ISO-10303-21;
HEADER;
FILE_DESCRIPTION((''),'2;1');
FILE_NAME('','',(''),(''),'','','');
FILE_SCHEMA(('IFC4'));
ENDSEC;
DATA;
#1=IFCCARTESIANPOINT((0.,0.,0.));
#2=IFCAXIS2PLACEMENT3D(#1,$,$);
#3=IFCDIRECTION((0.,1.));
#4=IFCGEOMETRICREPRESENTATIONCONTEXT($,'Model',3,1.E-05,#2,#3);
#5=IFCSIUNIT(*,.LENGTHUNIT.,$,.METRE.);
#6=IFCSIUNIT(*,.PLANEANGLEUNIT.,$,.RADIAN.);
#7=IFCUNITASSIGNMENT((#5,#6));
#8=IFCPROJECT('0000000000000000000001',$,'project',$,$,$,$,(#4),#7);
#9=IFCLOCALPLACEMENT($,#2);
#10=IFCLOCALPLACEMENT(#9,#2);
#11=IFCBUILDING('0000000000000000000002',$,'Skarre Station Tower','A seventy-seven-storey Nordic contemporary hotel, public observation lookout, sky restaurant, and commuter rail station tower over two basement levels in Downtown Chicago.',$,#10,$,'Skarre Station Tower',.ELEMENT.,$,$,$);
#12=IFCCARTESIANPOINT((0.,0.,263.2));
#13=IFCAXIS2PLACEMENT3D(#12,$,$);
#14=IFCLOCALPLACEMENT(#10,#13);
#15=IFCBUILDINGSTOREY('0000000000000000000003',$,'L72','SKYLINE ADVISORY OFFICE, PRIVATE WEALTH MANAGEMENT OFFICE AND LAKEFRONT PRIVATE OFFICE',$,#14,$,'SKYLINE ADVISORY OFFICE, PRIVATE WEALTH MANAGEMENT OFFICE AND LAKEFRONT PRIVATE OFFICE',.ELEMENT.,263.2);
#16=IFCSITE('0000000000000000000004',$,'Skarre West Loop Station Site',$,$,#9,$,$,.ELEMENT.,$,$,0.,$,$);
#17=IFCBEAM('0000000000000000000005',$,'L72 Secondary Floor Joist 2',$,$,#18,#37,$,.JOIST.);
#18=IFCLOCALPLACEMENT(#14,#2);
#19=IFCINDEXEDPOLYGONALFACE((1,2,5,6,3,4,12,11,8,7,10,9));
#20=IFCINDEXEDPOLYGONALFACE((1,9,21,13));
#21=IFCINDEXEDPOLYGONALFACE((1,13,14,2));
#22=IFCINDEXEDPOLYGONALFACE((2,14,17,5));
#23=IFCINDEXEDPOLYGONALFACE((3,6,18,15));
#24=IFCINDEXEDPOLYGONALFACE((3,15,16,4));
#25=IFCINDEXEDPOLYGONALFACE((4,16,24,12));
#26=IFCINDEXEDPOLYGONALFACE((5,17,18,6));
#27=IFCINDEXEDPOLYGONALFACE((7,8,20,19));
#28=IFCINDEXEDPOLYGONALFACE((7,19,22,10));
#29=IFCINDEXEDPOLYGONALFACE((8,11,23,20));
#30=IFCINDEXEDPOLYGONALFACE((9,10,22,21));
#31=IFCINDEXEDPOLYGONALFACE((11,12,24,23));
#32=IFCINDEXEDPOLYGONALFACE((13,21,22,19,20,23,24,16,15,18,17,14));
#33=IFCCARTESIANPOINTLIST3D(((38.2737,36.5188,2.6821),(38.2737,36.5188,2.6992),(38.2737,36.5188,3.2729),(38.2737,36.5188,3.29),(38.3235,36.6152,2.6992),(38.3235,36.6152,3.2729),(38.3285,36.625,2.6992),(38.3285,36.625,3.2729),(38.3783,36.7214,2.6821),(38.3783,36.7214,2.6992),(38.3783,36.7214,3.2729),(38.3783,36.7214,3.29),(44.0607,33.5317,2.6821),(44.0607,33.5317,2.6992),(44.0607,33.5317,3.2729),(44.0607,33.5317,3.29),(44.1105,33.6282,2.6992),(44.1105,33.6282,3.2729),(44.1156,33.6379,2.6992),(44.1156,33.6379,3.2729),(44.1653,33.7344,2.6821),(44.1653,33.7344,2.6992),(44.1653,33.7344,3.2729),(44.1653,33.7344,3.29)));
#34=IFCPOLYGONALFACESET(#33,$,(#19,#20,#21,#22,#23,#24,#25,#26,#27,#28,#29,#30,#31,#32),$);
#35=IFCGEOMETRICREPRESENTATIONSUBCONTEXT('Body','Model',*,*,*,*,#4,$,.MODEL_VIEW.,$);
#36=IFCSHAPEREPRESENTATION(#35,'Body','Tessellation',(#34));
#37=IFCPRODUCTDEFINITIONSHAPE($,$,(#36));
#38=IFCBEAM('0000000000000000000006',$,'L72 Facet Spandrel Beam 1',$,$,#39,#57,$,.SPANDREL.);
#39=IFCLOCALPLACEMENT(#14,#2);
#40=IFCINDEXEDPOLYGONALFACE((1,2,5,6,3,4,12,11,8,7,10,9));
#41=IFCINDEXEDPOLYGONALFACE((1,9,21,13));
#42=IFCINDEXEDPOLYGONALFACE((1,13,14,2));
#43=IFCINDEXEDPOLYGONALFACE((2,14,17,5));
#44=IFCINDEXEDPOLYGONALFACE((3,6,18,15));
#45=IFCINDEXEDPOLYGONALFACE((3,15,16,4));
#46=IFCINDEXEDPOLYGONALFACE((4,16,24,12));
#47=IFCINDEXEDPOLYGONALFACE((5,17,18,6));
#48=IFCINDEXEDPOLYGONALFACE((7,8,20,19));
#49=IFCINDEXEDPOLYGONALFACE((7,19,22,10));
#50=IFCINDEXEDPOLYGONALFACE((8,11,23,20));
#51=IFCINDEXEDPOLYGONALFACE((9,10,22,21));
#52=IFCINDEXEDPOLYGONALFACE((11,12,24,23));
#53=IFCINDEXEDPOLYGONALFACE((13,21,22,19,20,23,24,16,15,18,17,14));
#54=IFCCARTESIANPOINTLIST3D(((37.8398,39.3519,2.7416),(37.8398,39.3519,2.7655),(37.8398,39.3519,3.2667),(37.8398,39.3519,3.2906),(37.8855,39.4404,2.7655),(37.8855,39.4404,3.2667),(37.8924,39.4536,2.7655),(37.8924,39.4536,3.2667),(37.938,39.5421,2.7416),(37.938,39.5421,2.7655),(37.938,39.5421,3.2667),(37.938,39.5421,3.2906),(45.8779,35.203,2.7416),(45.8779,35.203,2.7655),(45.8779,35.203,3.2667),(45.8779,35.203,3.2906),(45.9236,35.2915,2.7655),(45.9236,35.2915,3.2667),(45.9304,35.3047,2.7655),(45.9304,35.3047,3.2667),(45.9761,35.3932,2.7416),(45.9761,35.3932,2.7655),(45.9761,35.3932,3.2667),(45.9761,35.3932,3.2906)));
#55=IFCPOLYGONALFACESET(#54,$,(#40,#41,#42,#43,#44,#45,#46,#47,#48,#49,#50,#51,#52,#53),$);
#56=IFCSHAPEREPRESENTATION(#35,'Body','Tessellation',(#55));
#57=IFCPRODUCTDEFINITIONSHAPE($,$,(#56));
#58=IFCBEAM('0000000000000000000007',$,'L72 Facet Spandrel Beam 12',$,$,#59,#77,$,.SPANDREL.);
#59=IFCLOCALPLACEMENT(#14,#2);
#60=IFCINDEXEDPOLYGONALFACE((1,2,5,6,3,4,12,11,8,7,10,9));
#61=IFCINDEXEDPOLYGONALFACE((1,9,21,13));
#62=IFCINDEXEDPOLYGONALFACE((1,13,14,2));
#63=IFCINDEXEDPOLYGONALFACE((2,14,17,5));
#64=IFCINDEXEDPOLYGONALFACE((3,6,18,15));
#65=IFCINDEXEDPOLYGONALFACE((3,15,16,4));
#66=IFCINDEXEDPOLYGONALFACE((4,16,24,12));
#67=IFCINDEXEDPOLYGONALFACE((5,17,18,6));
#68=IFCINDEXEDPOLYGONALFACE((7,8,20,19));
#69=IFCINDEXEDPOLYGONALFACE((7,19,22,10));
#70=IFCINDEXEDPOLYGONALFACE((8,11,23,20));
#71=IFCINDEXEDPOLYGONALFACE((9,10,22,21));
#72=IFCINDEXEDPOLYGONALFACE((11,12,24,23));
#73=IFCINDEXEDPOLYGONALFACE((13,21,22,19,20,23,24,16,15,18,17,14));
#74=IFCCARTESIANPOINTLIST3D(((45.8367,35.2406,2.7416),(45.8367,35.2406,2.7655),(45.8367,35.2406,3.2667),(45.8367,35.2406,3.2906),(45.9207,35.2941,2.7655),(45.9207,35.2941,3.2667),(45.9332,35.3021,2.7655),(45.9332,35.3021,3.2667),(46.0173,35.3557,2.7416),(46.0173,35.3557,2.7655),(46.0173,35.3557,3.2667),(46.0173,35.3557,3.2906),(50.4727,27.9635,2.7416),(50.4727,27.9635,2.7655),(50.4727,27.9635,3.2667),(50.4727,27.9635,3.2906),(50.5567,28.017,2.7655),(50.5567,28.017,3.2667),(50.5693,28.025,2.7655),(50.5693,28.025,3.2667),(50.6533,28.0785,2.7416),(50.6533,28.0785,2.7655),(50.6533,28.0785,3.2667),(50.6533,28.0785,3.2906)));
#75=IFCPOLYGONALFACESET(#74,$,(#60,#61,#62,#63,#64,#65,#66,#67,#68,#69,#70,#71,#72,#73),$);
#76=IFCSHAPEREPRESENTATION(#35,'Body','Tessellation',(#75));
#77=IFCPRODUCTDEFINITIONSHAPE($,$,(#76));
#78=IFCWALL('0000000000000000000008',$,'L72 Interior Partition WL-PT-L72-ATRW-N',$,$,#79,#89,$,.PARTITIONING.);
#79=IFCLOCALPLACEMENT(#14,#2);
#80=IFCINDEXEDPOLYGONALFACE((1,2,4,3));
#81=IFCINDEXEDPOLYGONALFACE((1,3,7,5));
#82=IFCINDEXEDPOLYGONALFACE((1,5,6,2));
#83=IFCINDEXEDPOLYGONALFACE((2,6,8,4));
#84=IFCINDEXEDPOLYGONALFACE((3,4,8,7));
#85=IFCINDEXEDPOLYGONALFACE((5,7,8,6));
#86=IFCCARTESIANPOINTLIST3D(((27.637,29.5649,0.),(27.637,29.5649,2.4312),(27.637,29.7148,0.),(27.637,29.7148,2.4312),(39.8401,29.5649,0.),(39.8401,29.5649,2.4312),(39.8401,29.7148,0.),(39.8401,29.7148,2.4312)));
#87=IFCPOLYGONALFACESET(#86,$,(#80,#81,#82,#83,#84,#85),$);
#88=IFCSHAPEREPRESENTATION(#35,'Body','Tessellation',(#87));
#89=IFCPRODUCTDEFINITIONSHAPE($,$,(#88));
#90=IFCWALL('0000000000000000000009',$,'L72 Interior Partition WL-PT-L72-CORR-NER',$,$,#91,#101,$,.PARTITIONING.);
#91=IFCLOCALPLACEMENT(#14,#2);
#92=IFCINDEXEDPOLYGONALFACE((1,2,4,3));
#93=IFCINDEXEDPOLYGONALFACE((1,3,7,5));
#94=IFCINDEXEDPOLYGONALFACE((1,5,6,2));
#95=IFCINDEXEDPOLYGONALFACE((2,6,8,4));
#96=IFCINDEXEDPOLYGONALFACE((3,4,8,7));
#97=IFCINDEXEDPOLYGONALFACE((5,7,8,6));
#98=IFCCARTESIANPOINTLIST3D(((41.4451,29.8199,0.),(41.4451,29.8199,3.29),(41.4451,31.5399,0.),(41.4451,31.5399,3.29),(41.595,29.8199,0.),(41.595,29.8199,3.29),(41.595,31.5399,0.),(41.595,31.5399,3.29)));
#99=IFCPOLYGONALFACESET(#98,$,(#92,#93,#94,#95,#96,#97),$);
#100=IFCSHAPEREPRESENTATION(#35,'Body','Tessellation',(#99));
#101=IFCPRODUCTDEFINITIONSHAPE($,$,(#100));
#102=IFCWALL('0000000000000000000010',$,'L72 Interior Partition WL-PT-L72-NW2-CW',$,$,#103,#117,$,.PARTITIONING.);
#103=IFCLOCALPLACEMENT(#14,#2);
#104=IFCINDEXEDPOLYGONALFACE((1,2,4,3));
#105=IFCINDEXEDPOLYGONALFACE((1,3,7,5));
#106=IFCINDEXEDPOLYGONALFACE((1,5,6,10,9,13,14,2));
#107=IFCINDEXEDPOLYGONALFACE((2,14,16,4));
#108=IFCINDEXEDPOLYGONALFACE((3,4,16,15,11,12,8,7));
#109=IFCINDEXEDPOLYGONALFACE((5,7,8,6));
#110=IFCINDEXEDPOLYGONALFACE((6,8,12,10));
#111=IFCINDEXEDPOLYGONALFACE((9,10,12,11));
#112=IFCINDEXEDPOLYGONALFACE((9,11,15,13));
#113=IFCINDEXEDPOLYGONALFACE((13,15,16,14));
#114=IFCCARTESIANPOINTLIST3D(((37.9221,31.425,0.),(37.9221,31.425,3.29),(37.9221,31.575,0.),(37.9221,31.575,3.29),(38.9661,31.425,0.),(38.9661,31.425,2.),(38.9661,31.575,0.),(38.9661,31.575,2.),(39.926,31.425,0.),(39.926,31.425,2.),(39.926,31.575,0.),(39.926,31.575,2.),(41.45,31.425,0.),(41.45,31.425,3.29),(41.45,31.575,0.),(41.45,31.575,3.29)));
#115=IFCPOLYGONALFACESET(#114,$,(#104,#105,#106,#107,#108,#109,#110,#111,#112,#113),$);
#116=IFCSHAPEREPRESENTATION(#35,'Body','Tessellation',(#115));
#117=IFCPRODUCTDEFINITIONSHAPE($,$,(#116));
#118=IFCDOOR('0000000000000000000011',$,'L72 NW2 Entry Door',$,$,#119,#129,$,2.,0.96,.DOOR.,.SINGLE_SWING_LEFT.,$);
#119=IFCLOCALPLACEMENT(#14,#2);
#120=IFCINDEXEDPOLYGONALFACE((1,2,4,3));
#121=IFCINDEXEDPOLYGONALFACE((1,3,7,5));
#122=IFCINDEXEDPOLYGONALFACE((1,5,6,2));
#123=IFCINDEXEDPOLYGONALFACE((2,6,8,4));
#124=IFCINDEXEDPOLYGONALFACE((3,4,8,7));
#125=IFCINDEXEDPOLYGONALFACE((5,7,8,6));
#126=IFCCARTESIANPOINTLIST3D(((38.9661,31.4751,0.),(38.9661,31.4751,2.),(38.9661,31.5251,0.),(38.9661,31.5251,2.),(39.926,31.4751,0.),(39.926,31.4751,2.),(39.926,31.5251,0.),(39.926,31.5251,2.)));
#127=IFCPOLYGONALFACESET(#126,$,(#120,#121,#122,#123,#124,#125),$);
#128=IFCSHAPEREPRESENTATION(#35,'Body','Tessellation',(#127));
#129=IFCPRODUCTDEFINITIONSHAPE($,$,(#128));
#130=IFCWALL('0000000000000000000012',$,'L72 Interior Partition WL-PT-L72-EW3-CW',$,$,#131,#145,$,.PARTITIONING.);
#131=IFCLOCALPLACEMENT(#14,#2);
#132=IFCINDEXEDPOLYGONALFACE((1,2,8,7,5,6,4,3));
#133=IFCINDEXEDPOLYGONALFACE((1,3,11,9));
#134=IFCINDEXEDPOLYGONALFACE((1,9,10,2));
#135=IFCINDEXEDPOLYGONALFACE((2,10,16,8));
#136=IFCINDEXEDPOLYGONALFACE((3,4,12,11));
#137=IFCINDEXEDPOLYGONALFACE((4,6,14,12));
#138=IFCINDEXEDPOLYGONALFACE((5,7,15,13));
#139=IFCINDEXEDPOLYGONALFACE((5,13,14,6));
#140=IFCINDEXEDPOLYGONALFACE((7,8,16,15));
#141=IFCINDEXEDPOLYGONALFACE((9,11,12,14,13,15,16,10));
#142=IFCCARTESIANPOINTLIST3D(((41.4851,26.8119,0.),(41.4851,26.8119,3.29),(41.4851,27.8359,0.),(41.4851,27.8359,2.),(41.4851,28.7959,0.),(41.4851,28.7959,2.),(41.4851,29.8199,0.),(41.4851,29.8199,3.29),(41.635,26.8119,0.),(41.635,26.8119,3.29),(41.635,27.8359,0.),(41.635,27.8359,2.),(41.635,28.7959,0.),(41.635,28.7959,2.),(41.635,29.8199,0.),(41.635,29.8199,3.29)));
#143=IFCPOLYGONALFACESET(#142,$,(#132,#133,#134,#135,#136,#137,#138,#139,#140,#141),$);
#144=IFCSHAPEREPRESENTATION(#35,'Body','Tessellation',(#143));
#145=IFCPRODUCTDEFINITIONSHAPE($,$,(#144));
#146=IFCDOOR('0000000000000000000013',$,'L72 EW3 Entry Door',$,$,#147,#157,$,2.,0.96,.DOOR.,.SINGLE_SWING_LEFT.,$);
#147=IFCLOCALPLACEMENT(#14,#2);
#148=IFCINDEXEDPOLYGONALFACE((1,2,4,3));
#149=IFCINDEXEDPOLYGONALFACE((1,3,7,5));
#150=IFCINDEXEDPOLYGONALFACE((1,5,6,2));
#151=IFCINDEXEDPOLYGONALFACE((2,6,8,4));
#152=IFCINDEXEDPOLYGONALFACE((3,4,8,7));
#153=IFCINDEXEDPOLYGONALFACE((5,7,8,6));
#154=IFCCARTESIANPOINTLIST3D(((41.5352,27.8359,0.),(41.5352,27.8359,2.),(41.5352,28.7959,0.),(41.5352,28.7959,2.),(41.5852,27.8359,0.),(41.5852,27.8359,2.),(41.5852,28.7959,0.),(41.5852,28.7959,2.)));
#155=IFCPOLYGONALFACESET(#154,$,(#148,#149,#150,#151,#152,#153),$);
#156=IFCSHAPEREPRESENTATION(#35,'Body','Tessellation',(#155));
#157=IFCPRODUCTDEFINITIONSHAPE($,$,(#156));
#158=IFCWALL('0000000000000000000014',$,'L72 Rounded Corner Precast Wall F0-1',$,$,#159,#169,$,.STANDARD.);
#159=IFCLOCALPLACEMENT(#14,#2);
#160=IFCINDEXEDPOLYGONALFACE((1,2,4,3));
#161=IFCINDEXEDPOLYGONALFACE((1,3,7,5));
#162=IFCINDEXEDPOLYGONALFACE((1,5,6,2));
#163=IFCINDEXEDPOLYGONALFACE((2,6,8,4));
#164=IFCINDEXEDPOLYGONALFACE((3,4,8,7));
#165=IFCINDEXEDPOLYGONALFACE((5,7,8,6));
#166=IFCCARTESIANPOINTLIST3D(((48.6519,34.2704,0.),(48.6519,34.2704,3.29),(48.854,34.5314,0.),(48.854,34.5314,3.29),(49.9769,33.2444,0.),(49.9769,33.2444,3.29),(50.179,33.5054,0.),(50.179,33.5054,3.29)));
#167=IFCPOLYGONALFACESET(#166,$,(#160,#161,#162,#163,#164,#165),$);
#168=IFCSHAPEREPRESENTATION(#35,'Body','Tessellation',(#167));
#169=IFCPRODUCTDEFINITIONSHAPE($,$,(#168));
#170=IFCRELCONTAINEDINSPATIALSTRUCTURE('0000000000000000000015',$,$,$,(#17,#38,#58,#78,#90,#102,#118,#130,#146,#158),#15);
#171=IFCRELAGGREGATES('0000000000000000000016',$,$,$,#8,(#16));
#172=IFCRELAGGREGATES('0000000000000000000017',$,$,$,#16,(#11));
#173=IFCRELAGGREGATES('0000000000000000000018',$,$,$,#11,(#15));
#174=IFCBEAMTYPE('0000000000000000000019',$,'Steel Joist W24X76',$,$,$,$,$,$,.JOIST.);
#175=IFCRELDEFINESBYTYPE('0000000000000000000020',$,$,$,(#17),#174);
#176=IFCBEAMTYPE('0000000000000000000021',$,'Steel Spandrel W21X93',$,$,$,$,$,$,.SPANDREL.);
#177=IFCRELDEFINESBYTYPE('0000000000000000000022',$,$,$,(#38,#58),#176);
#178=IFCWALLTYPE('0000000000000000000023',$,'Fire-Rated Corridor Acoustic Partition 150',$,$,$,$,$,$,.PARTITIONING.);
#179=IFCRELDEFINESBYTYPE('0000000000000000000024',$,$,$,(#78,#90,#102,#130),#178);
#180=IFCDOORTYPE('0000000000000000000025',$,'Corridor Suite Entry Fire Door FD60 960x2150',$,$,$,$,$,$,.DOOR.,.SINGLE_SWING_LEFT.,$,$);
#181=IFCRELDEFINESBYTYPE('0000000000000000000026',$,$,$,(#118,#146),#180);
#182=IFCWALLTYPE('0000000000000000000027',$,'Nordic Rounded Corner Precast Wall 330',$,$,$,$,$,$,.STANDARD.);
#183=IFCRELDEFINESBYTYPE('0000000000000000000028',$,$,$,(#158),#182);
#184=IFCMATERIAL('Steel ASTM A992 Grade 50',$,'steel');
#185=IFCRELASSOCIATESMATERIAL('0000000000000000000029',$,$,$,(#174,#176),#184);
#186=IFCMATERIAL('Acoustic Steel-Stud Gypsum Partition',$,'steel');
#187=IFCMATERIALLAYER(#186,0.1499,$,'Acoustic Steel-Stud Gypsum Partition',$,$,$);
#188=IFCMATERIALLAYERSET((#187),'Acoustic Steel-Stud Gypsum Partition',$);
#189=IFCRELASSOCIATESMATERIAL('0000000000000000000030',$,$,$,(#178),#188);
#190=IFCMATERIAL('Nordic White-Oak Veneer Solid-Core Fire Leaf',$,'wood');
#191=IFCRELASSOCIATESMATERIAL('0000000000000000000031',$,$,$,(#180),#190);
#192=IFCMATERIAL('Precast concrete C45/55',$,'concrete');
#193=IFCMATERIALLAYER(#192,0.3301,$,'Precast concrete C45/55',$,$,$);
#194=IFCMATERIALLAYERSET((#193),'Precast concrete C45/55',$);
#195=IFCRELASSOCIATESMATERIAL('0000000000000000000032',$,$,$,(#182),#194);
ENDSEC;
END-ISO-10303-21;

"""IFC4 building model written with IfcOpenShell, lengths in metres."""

from ifc_helpers import new_model, si_unit, direction, frame, frame_2d, origin, origin_2d, place, context, subcontext, project, spatial, rectangle, i_section, extrude, material, layer, layer_set, material_profile, profile_set, type_object, element, fill, save


model = new_model("IFC4")

# Units and contexts
model_context = context("Model", 3, precision=1e-05, world=origin(), true_north=direction((0.0, 1.0)))
body_context = subcontext(model_context, "Body", "Model", "MODEL_VIEW")
ifc_project = project(units=[si_unit("LENGTHUNIT", "METRE"), si_unit("PLANEANGLEUNIT", "RADIAN")], contexts=[model_context])

# Site, building, storey
site_placement = place(None, origin())
site = spatial("IfcSite", under=ifc_project, at=site_placement, Name="Skarre West Loop Station Site", CompositionType="ELEMENT", RefElevation=0.0)
building_placement = place(site_placement, origin())
building = spatial("IfcBuilding", under=site, at=building_placement, Name="Skarre Station Tower", Description="A seventy-seven-storey Nordic contemporary hotel, public observation lookout, sky restaurant, and commuter rail station tower over two basement levels in Downtown Chicago.", LongName="Skarre Station Tower", CompositionType="ELEMENT")
storey_placement = place(building_placement, frame((0.0, 0.0, 263.2)))
storey = spatial("IfcBuildingStorey", under=building, at=storey_placement, Name="L72", Description="SKYLINE ADVISORY OFFICE, PRIVATE WEALTH MANAGEMENT OFFICE AND LAKEFRONT PRIVATE OFFICE", LongName="SKYLINE ADVISORY OFFICE, PRIVATE WEALTH MANAGEMENT OFFICE AND LAKEFRONT PRIVATE OFFICE", CompositionType="ELEMENT", Elevation=263.2)

# Beams
ifc_material_1 = material(Name="Steel ASTM A992 Grade 50", Category="steel")
ifc_material_profile_1 = material_profile(ifc_material_1, i_section(OverallWidth=0.228, OverallDepth=0.6079, WebThickness=0.011, FlangeThickness=0.0171, at=origin_2d()), Name="Steel ASTM A992 Grade 50")
ifc_profile_set_1 = profile_set([ifc_material_profile_1], Name="Steel ASTM A992 Grade 50")
beam_type_1 = type_object("IfcBeamType", Name="Steel Joist W24X76", PredefinedType="JOIST", material=ifc_profile_set_1)
beam_1_placement = place(storey_placement, frame((44.113, 33.6331, 2.9861), z_axis=(-0.88861, 0.458663, 0.0), x_axis=(-0.458663, -0.88861, 0.0)))
element("IfcBeam", 1, at=beam_1_placement, inside=storey, type_object=beam_type_1, Name="L72 Secondary Floor Joist 2", PredefinedType="JOIST", context=body_context, shape_type="SweptSolid", body=[
    extrude(i_section(OverallWidth=0.228, OverallDepth=0.6079, WebThickness=0.011, FlangeThickness=0.0171, at=origin_2d()), origin(), (0.0, 0.0, 1.0), 6.5125),
])
ifc_material_profile_2 = material_profile(ifc_material_1, i_section(OverallWidth=0.2141, OverallDepth=0.5491, WebThickness=0.0149, FlangeThickness=0.0239, at=origin_2d()), Name="Steel ASTM A992 Grade 50")
ifc_profile_set_2 = profile_set([ifc_material_profile_2], Name="Steel ASTM A992 Grade 50")
beam_type_2 = type_object("IfcBeamType", Name="Steel Spandrel W21X93", PredefinedType="SPANDREL", material=ifc_profile_set_2)
beam_2_placement = place(storey_placement, frame((45.927, 35.2981, 3.0161), z_axis=(-0.88861, 0.458664, 0.0), x_axis=(-0.458664, -0.88861, 0.0)))
element("IfcBeam", 2, at=beam_2_placement, inside=storey, type_object=beam_type_2, Name="L72 Facet Spandrel Beam 1", PredefinedType="SPANDREL", context=body_context, shape_type="SweptSolid", body=[
    extrude(i_section(OverallWidth=0.2141, OverallDepth=0.5491, WebThickness=0.0149, FlangeThickness=0.0239, at=origin_2d()), origin(), (0.0, 0.0, 1.0), 9.0457),
])
beam_3_placement = place(storey_placement, frame((50.563, 28.021, 3.0161), z_axis=(-0.537297, 0.843393, 0.0), x_axis=(-0.843393, -0.537297, 0.0)))
element("IfcBeam", 3, at=beam_3_placement, inside=storey, type_object=beam_type_2, Name="L72 Facet Spandrel Beam 12", PredefinedType="SPANDREL", context=body_context, shape_type="SweptSolid", body=[
    extrude(i_section(OverallWidth=0.2141, OverallDepth=0.5491, WebThickness=0.0149, FlangeThickness=0.0239, at=origin_2d()), origin(), (0.0, 0.0, 1.0), 8.6284),
])

# Walls
ifc_material_2 = material(Name="Acoustic Steel-Stud Gypsum Partition", Category="steel")
ifc_layer_1 = layer(ifc_material_2, 0.1499, Name="Acoustic Steel-Stud Gypsum Partition")
ifc_layer_set_1 = layer_set([ifc_layer_1], Name="Acoustic Steel-Stud Gypsum Partition")
wall_type_1 = type_object("IfcWallType", Name="Fire-Rated Corridor Acoustic Partition 150", PredefinedType="PARTITIONING", material=ifc_layer_set_1)
wall_1_placement = place(storey_placement, frame((39.8401, 29.6399, 0.0), z_axis=(0.0, 0.0, 1.0), x_axis=(-1.0, 0.0, 0.0)))
element("IfcWall", 4, at=wall_1_placement, inside=storey, type_object=wall_type_1, Name="L72 Interior Partition WL-PT-L72-ATRW-N", PredefinedType="PARTITIONING", context=body_context, shape_type="SweptSolid", body=[
    extrude(rectangle(XDim=12.2031, YDim=0.1499, at=frame_2d((6.1016, 0.0))), origin(), (0.0, 0.0, 1.0), 2.4312),
])
wall_2_placement = place(storey_placement, frame((41.52, 29.8201, 0.0), z_axis=(0.0, 0.0, 1.0), x_axis=(0.0, 1.0, 0.0)))
element("IfcWall", 5, at=wall_2_placement, inside=storey, type_object=wall_type_1, Name="L72 Interior Partition WL-PT-L72-CORR-NER", PredefinedType="PARTITIONING", context=body_context, shape_type="SweptSolid", body=[
    extrude(rectangle(XDim=1.72, YDim=0.1499, at=frame_2d((0.8599, 0.0))), origin(), (0.0, 0.0, 1.0), 3.29),
])

# Walls, openings, doors
wall_3_placement = place(storey_placement, frame((41.45, 31.5, 0.0), z_axis=(0.0, 0.0, 1.0), x_axis=(-1.0, 0.0, 0.0)))
wall_3 = element("IfcWall", 6, at=wall_3_placement, inside=storey, type_object=wall_type_1, Name="L72 Interior Partition WL-PT-L72-NW2-CW", PredefinedType="PARTITIONING", context=body_context, shape_type="SweptSolid", body=[
    extrude(rectangle(XDim=3.5278, YDim=0.1499, at=frame_2d((1.7639, 0.0))), origin(), (0.0, 0.0, 1.0), 3.29),
])
opening_1_placement = place(wall_3_placement, frame((1.5239, 0.0, 0.0)))
opening_1 = element("IfcOpeningElement", 7, at=opening_1_placement, cuts=wall_3, PredefinedType="OPENING", context=body_context, shape_type="SweptSolid", body=[
    extrude(rectangle(XDim=0.96, YDim=2.0, at=frame_2d((0.48, 1.0))), frame((0.0, 0.085, 0.0), z_axis=(0.0, -1.0, 0.0), x_axis=(1.0, 0.0, 0.0)), (0.0, 0.0, 1.0), 0.1699),
])
ifc_material_3 = material(Name="Nordic White-Oak Veneer Solid-Core Fire Leaf", Category="wood")
door_type = type_object("IfcDoorType", Name="Corridor Suite Entry Fire Door FD60 960x2150", OperationType="SINGLE_SWING_LEFT", PredefinedType="DOOR", material=ifc_material_3)
door_1_placement = place(opening_1_placement, origin())
door_1 = element("IfcDoor", 8, at=door_1_placement, inside=storey, type_object=door_type, Name="L72 NW2 Entry Door", OperationType="SINGLE_SWING_LEFT", OverallHeight=2.0, OverallWidth=0.96, PredefinedType="DOOR", context=body_context, shape_type="SweptSolid", body=[
    extrude(rectangle(XDim=0.96, YDim=2.0, at=frame_2d((0.48, 1.0))), frame((0.0, 0.0249, 0.0), z_axis=(0.0, -1.0, 0.0), x_axis=(1.0, 0.0, 0.0)), (0.0, 0.0, 1.0), 0.05),
])
fill(opening_1, door_1)
wall_4_placement = place(storey_placement, frame((41.5601, 26.812, 0.0), z_axis=(0.0, 0.0, 1.0), x_axis=(0.0, 1.0, 0.0)))
wall_4 = element("IfcWall", 9, at=wall_4_placement, inside=storey, type_object=wall_type_1, Name="L72 Interior Partition WL-PT-L72-EW3-CW", PredefinedType="PARTITIONING", context=body_context, shape_type="SweptSolid", body=[
    extrude(rectangle(XDim=3.0081, YDim=0.1499, at=frame_2d((1.5039, 0.0))), origin(), (0.0, 0.0, 1.0), 3.29),
])
opening_2_placement = place(wall_4_placement, frame((1.0239, 0.0, 0.0)))
opening_2 = element("IfcOpeningElement", 10, at=opening_2_placement, cuts=wall_4, PredefinedType="OPENING", context=body_context, shape_type="SweptSolid", body=[
    extrude(rectangle(XDim=0.96, YDim=2.0, at=frame_2d((0.48, 1.0))), frame((0.0, 0.085, 0.0), z_axis=(0.0, -1.0, 0.0), x_axis=(1.0, 0.0, 0.0)), (0.0, 0.0, 1.0), 0.1699),
])
door_2_placement = place(opening_2_placement, origin())
door_2 = element("IfcDoor", 11, at=door_2_placement, inside=storey, type_object=door_type, Name="L72 EW3 Entry Door", OperationType="SINGLE_SWING_LEFT", OverallHeight=2.0, OverallWidth=0.96, PredefinedType="DOOR", context=body_context, shape_type="SweptSolid", body=[
    extrude(rectangle(XDim=0.96, YDim=2.0, at=frame_2d((0.48, 1.0))), frame((0.0, 0.0249, 0.0), z_axis=(0.0, -1.0, 0.0), x_axis=(1.0, 0.0, 0.0)), (0.0, 0.0, 1.0), 0.05),
])
fill(opening_2, door_2)

# Wall
ifc_material_4 = material(Name="Precast concrete C45/55", Category="concrete")
ifc_layer_2 = layer(ifc_material_4, 0.3301, Name="Precast concrete C45/55")
ifc_layer_set_2 = layer_set([ifc_layer_2], Name="Precast concrete C45/55")
wall_type_2 = type_object("IfcWallType", Name="Nordic Rounded Corner Precast Wall 330", PredefinedType="STANDARD", material=ifc_layer_set_2)
wall_5_placement = place(storey_placement, frame((48.7529, 34.4009, 0.0), z_axis=(0.0, 0.0, 1.0), x_axis=(0.790692, -0.612214, 0.0)))
element("IfcWall", 12, at=wall_5_placement, inside=storey, type_object=wall_type_2, Name="L72 Rounded Corner Precast Wall F0-1", PredefinedType="STANDARD", context=body_context, shape_type="SweptSolid", body=[
    extrude(rectangle(XDim=1.6758, YDim=0.3301, at=frame_2d((0.8379, 0.0))), origin(), (0.0, 0.0, 1.0), 3.29),
])

save(model, "model.ifc")
